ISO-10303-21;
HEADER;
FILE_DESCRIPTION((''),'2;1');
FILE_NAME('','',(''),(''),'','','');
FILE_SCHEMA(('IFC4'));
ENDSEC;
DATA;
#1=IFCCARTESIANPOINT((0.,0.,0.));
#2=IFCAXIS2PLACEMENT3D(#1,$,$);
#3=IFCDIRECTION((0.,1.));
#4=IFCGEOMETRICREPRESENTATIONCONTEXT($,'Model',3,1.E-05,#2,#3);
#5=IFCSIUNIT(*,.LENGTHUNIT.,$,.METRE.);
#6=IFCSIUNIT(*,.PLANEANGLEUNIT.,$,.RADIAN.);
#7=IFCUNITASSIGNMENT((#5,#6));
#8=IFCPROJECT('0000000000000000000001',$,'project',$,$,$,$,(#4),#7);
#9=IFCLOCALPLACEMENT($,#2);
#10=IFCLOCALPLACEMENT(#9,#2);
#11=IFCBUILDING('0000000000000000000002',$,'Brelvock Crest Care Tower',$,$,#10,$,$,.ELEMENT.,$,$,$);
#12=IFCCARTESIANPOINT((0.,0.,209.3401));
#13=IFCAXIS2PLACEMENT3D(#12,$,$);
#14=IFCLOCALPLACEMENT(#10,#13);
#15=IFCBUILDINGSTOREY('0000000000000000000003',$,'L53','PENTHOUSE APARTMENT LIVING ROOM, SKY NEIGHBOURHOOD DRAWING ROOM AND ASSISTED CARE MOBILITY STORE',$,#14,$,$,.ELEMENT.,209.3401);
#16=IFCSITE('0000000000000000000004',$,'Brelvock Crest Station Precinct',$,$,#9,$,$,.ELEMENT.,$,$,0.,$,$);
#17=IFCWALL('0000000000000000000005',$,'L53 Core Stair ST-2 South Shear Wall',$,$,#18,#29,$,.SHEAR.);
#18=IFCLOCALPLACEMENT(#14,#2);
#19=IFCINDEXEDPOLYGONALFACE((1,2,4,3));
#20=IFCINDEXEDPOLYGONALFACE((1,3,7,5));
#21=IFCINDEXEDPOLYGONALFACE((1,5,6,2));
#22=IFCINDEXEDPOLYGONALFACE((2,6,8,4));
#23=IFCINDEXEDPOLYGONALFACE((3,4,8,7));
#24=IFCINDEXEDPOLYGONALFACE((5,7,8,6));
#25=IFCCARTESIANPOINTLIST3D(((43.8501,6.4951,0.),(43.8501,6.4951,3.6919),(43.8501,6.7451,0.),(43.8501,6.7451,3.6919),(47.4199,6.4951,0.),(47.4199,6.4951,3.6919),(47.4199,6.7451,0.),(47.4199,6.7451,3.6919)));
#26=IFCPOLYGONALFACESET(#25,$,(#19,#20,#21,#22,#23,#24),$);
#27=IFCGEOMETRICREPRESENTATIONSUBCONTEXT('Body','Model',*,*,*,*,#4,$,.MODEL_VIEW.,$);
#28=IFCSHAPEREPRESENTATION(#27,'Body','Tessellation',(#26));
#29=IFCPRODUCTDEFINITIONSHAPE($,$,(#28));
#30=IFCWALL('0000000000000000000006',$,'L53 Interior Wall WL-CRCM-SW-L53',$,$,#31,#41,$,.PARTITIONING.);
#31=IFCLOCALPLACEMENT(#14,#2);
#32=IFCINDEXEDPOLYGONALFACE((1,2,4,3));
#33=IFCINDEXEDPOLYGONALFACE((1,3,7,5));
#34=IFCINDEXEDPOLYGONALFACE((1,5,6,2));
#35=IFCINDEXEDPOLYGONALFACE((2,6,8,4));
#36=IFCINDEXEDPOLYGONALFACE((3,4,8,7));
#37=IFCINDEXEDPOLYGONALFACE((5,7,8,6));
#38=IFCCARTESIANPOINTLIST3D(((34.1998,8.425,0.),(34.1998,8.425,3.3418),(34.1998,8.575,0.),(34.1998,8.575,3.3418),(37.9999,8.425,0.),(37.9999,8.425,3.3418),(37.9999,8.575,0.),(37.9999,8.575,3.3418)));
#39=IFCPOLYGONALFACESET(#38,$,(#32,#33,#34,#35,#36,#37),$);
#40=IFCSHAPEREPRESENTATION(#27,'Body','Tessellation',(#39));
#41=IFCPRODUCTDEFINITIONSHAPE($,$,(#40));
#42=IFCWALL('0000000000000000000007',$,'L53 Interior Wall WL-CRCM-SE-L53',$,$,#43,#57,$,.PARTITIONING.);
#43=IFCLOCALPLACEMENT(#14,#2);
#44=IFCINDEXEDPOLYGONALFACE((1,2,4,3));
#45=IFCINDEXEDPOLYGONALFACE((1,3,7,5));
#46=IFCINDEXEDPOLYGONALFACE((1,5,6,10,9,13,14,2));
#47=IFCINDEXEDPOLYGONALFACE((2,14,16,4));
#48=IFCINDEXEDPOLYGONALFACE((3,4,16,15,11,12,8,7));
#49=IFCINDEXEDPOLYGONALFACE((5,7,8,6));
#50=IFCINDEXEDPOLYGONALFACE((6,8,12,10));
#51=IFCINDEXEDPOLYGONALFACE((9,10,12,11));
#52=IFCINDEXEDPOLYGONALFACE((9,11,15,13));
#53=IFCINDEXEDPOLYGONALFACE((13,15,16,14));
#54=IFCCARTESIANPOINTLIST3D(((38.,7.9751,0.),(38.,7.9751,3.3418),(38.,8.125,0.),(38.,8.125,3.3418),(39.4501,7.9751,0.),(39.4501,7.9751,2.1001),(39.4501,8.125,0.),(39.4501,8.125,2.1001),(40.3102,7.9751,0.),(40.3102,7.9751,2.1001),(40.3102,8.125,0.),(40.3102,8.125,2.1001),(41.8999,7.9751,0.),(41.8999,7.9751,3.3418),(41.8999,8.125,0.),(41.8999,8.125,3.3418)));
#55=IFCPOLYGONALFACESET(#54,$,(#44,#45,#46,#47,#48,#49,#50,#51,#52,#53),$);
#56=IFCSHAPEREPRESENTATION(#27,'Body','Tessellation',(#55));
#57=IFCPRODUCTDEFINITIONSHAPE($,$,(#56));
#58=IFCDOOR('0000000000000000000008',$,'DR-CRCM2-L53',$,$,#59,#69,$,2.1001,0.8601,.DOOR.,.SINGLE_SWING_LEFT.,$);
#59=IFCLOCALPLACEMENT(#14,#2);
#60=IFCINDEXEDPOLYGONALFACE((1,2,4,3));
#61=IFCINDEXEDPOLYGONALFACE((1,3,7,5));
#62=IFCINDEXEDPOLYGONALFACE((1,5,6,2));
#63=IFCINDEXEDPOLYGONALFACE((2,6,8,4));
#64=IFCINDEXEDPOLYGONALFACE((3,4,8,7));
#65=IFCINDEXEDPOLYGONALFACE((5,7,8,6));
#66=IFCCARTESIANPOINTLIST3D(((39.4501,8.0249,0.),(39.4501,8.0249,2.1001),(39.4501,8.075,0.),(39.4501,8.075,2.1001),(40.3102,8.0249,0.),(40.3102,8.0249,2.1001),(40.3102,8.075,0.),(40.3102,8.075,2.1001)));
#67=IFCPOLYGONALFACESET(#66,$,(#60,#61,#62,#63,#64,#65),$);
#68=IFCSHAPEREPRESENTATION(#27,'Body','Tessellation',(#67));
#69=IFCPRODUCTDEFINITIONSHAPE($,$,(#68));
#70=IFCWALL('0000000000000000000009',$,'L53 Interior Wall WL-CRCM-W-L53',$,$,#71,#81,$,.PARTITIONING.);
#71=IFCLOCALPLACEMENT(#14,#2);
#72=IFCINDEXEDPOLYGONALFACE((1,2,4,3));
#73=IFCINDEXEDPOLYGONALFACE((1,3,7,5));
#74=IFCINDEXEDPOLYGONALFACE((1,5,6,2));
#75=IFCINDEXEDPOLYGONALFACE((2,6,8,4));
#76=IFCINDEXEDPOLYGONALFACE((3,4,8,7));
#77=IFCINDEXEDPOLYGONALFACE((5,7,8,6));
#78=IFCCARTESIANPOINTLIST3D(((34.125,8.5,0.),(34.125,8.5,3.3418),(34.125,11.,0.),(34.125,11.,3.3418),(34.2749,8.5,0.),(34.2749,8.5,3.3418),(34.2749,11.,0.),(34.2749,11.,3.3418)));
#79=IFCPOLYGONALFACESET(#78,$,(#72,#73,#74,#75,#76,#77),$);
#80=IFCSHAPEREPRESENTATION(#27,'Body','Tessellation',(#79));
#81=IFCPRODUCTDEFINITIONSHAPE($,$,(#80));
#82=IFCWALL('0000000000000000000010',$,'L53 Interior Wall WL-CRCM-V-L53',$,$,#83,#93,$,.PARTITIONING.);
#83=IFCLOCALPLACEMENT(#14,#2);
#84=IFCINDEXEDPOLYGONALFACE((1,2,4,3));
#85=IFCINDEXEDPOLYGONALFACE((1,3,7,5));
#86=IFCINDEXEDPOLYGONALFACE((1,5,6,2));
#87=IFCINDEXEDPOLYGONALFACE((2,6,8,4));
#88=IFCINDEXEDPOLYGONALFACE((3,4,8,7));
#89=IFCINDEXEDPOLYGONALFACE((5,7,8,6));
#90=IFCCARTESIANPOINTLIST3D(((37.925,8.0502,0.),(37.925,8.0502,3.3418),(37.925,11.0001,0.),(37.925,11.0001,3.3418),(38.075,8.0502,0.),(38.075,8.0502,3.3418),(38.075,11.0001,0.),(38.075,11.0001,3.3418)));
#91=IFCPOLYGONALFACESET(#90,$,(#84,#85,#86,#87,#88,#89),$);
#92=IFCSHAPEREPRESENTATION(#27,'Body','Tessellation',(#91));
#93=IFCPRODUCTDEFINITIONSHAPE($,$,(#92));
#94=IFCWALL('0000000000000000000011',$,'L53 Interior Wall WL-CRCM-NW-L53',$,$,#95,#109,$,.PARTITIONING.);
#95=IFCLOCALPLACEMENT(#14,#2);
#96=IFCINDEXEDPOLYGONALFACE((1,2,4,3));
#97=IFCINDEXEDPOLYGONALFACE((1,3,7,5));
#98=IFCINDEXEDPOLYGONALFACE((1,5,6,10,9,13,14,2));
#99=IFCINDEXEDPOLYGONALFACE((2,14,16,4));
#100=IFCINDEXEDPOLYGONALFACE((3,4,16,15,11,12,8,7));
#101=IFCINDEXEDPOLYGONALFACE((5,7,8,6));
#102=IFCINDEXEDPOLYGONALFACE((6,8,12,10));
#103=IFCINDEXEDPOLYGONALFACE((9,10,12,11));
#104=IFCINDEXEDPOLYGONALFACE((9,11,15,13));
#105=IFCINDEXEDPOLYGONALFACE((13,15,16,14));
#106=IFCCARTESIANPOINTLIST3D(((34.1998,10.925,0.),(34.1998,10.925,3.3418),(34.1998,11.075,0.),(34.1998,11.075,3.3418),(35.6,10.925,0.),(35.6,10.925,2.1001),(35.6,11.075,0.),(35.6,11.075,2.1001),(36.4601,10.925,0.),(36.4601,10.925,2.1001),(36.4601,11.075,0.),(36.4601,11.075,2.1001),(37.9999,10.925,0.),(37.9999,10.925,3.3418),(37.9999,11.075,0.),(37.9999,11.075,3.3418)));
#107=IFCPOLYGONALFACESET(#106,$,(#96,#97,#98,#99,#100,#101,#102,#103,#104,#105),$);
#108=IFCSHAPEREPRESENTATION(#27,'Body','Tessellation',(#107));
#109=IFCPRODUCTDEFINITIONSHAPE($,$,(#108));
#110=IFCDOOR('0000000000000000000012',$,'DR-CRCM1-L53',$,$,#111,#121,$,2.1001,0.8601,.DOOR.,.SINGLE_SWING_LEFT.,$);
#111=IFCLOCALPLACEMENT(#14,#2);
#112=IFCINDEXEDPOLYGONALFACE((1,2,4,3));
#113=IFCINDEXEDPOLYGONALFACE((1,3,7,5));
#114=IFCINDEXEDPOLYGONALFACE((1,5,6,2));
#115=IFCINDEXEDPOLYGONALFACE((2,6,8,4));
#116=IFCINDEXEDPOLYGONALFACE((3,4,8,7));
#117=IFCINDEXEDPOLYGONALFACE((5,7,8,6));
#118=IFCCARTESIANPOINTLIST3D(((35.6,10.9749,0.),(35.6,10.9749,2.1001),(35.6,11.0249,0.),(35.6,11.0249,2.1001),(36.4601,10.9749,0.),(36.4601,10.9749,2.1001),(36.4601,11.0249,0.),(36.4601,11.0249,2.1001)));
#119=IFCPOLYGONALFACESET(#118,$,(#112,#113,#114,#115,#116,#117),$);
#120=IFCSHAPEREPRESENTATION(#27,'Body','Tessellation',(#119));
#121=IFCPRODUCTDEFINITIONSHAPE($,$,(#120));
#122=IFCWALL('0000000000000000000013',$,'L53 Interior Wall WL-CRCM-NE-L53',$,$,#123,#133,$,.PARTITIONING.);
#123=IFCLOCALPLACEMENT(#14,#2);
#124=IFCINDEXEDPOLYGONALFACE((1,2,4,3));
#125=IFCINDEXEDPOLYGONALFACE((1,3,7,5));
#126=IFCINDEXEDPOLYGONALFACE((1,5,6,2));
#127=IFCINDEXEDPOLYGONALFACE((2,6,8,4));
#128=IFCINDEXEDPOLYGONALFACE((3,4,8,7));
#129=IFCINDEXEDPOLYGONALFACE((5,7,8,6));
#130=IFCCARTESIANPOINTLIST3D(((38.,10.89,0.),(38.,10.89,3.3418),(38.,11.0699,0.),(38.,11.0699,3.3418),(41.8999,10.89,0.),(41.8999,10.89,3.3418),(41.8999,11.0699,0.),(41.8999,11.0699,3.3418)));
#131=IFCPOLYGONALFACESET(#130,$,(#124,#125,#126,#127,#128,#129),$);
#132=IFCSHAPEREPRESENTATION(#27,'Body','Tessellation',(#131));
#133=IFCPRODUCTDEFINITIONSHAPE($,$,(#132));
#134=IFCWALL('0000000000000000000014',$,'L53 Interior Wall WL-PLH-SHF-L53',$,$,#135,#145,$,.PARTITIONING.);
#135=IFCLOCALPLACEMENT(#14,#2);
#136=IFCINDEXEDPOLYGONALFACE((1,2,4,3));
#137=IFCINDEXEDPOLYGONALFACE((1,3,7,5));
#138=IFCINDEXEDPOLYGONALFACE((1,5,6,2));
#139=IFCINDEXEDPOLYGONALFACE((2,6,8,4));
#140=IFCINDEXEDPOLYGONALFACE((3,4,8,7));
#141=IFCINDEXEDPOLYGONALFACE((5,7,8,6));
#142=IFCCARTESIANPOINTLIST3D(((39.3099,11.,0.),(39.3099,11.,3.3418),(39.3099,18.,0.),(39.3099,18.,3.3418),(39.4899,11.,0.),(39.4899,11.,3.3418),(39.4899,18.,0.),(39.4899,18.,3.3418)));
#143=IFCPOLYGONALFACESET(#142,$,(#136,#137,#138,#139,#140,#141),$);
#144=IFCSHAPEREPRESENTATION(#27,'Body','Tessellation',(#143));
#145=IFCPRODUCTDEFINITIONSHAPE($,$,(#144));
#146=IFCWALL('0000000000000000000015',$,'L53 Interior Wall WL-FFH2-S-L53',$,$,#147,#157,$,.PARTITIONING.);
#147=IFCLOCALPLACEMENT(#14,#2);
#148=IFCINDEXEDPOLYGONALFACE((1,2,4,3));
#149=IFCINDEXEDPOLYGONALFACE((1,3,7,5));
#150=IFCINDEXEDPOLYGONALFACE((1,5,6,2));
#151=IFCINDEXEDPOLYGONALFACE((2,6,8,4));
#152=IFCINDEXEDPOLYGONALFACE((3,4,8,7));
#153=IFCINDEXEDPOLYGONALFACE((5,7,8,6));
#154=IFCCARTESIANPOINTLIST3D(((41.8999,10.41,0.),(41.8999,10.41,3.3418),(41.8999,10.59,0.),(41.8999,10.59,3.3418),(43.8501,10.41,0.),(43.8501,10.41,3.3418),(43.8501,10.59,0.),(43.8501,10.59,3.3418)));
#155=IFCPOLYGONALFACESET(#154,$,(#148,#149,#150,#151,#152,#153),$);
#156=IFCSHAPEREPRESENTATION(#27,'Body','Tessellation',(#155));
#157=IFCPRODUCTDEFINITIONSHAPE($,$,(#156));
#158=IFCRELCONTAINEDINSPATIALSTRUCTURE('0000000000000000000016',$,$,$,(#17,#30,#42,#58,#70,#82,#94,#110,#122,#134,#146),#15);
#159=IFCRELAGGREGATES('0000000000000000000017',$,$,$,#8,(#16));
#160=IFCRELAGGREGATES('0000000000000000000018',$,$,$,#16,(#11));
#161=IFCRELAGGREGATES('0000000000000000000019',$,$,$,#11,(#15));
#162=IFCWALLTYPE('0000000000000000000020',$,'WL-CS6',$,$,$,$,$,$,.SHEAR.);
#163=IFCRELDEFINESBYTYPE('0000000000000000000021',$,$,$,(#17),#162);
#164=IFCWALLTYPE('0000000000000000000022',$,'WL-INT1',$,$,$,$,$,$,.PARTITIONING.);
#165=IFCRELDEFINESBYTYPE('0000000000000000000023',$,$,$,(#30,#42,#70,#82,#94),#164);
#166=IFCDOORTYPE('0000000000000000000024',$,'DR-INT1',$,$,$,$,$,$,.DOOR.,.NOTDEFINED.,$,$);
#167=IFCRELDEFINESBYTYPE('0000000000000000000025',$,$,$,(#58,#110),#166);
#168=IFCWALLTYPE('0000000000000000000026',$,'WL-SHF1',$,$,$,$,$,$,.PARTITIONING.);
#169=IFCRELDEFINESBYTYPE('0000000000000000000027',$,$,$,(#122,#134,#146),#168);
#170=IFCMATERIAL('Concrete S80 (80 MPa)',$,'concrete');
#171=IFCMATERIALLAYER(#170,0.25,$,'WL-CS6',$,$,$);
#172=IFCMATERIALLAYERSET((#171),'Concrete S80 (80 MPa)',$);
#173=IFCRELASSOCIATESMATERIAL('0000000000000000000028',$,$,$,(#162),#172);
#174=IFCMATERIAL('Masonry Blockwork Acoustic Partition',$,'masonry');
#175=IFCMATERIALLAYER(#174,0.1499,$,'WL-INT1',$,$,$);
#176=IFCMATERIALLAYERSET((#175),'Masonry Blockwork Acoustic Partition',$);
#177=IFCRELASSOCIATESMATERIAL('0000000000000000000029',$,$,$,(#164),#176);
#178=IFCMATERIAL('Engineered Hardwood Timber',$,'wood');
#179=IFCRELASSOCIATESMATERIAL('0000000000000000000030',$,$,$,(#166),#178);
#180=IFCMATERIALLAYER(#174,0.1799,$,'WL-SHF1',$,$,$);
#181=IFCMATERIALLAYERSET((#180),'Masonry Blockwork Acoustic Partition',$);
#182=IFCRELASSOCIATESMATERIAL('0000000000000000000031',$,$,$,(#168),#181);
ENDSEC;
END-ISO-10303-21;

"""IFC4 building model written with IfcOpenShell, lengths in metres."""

from ifc_helpers import new_model, si_unit, direction, frame, frame_2d, origin, origin_2d, place, context, subcontext, project, spatial, rectangle, extrude, source, transform, mapped, material, layer, layer_set, type_object, element, fill, save


model = new_model("IFC4")

# Units and contexts
model_context = context("Model", 3, precision=1e-05, world=origin(), true_north=direction((0.0, 1.0)))
body_context = subcontext(model_context, "Body", "Model", "MODEL_VIEW")
ifc_project = project(units=[si_unit("LENGTHUNIT", "METRE"), si_unit("PLANEANGLEUNIT", "RADIAN")], contexts=[model_context])

# Site, building, storey
site_placement = place(None, origin())
site = spatial("IfcSite", under=ifc_project, at=site_placement, Name="Brelvock Crest Station Precinct", CompositionType="ELEMENT", RefElevation=0.0)
building_placement = place(site_placement, origin())
building = spatial("IfcBuilding", under=site, at=building_placement, Name="Brelvock Crest Care Tower", CompositionType="ELEMENT")
storey_placement = place(building_placement, frame((0.0, 0.0, 209.3401)))
storey = spatial("IfcBuildingStorey", under=building, at=storey_placement, Name="L53", Description="PENTHOUSE APARTMENT LIVING ROOM, SKY NEIGHBOURHOOD DRAWING ROOM AND ASSISTED CARE MOBILITY STORE", CompositionType="ELEMENT", Elevation=209.3401)

# Walls
ifc_material_1 = material(Name="Concrete S80 (80 MPa)", Category="concrete")
ifc_layer_1 = layer(ifc_material_1, 0.25, Name="WL-CS6")
ifc_layer_set_1 = layer_set([ifc_layer_1], Name="Concrete S80 (80 MPa)")
wall_type_1 = type_object("IfcWallType", Name="WL-CS6", PredefinedType="SHEAR", material=ifc_layer_set_1)
wall_1_placement = place(storey_placement, frame((43.8501, 6.6201, 0.0), z_axis=(0.0, 0.0, 1.0), x_axis=(1.0, 0.0, 0.0)))
element("IfcWall", 1, at=wall_1_placement, inside=storey, type_object=wall_type_1, Name="L53 Core Stair ST-2 South Shear Wall", PredefinedType="SHEAR", context=body_context, shape_type="SweptSolid", body=[
    extrude(rectangle(XDim=3.5698, YDim=0.25, at=frame_2d((1.7849, 0.0))), origin(), (0.0, 0.0, 1.0), 3.6919),
])
ifc_material_2 = material(Name="Masonry Blockwork Acoustic Partition", Category="masonry")
ifc_layer_2 = layer(ifc_material_2, 0.1499, Name="WL-INT1")
ifc_layer_set_2 = layer_set([ifc_layer_2], Name="Masonry Blockwork Acoustic Partition")
wall_type_2 = type_object("IfcWallType", Name="WL-INT1", PredefinedType="PARTITIONING", material=ifc_layer_set_2)
wall_2_placement = place(storey_placement, frame((34.2, 8.5, 0.0), z_axis=(0.0, 0.0, 1.0), x_axis=(1.0, 0.0, 0.0)))
element("IfcWall", 2, at=wall_2_placement, inside=storey, type_object=wall_type_2, Name="L53 Interior Wall WL-CRCM-SW-L53", PredefinedType="PARTITIONING", context=body_context, shape_type="SweptSolid", body=[
    extrude(rectangle(XDim=3.8, YDim=0.1499, at=frame_2d((1.8999, 0.0))), origin(), (0.0, 0.0, 1.0), 3.3418),
])

# Wall, opening, door
wall_3_placement = place(storey_placement, frame((38.0, 8.05, 0.0), z_axis=(0.0, 0.0, 1.0), x_axis=(1.0, 0.0, 0.0)))
wall_3 = element("IfcWall", 3, at=wall_3_placement, inside=storey, type_object=wall_type_2, Name="L53 Interior Wall WL-CRCM-SE-L53", PredefinedType="PARTITIONING", context=body_context, shape_type="SweptSolid", body=[
    extrude(rectangle(XDim=3.8999, YDim=0.1499, at=frame_2d((1.95, 0.0))), origin(), (0.0, 0.0, 1.0), 3.3418),
])
opening_1_placement = place(wall_3_placement, frame((1.45, 0.0, 0.0)))
opening_1 = element("IfcOpeningElement", 4, at=opening_1_placement, cuts=wall_3, PredefinedType="OPENING", context=body_context, shape_type="SweptSolid", body=[
    extrude(rectangle(XDim=0.8601, YDim=2.1001, at=origin_2d()), frame((0.4302, 0.085, 1.05), z_axis=(0.0, -1.0, 0.0), x_axis=(1.0, 0.0, 0.0)), (0.0, 0.0, 1.0), 0.1699),
])
ifc_material_3 = material(Name="Engineered Hardwood Timber", Category="wood")
door_type = type_object("IfcDoorType", Name="DR-INT1", OperationType="NOTDEFINED", PredefinedType="DOOR", material=ifc_material_3)
shared_shape_1 = source(origin(), body_context, "Body", "SweptSolid", [
    extrude(rectangle(XDim=0.8601, YDim=2.1001, at=origin_2d()), frame((0.4302, 0.0249, 1.05), z_axis=(0.0, -1.0, 0.0), x_axis=(1.0, 0.0, 0.0)), (0.0, 0.0, 1.0), 0.05),
])
door_1_placement = place(opening_1_placement, origin())
door_1 = element("IfcDoor", 5, at=door_1_placement, inside=storey, type_object=door_type, Name="DR-CRCM2-L53", OperationType="SINGLE_SWING_LEFT", OverallHeight=2.1001, OverallWidth=0.8601, PredefinedType="DOOR", context=body_context, shape_type="MappedRepresentation", body=[
    mapped(shared_shape_1, transform((0.0, 0.0, 0.0), x_axis=(1.0, 0.0, 0.0), y_axis=(0.0, 1.0, 0.0), z_axis=(0.0, 0.0, 1.0), scale=1.0)),
])
fill(opening_1, door_1)

# Walls
wall_4_placement = place(storey_placement, frame((34.2, 8.5, 0.0), z_axis=(0.0, 0.0, 1.0), x_axis=(0.0, 1.0, 0.0)))
element("IfcWall", 6, at=wall_4_placement, inside=storey, type_object=wall_type_2, Name="L53 Interior Wall WL-CRCM-W-L53", PredefinedType="PARTITIONING", context=body_context, shape_type="SweptSolid", body=[
    extrude(rectangle(XDim=2.5, YDim=0.1499, at=frame_2d((1.25, 0.0))), origin(), (0.0, 0.0, 1.0), 3.3418),
])
wall_5_placement = place(storey_placement, frame((38.0, 8.05, 0.0), z_axis=(0.0, 0.0, 1.0), x_axis=(0.0, 1.0, 0.0)))
element("IfcWall", 7, at=wall_5_placement, inside=storey, type_object=wall_type_2, Name="L53 Interior Wall WL-CRCM-V-L53", PredefinedType="PARTITIONING", context=body_context, shape_type="SweptSolid", body=[
    extrude(rectangle(XDim=2.95, YDim=0.1499, at=frame_2d((1.4751, 0.0))), origin(), (0.0, 0.0, 1.0), 3.3418),
])

# Wall, opening, door
wall_6_placement = place(storey_placement, frame((34.2, 11.0, 0.0), z_axis=(0.0, 0.0, 1.0), x_axis=(1.0, 0.0, 0.0)))
wall_6 = element("IfcWall", 8, at=wall_6_placement, inside=storey, type_object=wall_type_2, Name="L53 Interior Wall WL-CRCM-NW-L53", PredefinedType="PARTITIONING", context=body_context, shape_type="SweptSolid", body=[
    extrude(rectangle(XDim=3.8, YDim=0.1499, at=frame_2d((1.8999, 0.0))), origin(), (0.0, 0.0, 1.0), 3.3418),
])
opening_2_placement = place(wall_6_placement, frame((1.3999, 0.0, 0.0)))
opening_2 = element("IfcOpeningElement", 9, at=opening_2_placement, cuts=wall_6, PredefinedType="OPENING", context=body_context, shape_type="SweptSolid", body=[
    extrude(rectangle(XDim=0.8601, YDim=2.1001, at=origin_2d()), frame((0.4302, 0.085, 1.05), z_axis=(0.0, -1.0, 0.0), x_axis=(1.0, 0.0, 0.0)), (0.0, 0.0, 1.0), 0.1699),
])
door_2_placement = place(opening_2_placement, origin())
door_2 = element("IfcDoor", 10, at=door_2_placement, inside=storey, type_object=door_type, Name="DR-CRCM1-L53", OperationType="SINGLE_SWING_LEFT", OverallHeight=2.1001, OverallWidth=0.8601, PredefinedType="DOOR", context=body_context, shape_type="MappedRepresentation", body=[
    mapped(shared_shape_1, transform((0.0, 0.0, 0.0), x_axis=(1.0, 0.0, 0.0), y_axis=(0.0, 1.0, 0.0), z_axis=(0.0, 0.0, 1.0), scale=1.0)),
])
fill(opening_2, door_2)

# Walls
ifc_layer_3 = layer(ifc_material_2, 0.1799, Name="WL-SHF1")
ifc_layer_set_3 = layer_set([ifc_layer_3], Name="Masonry Blockwork Acoustic Partition")
wall_type_3 = type_object("IfcWallType", Name="WL-SHF1", PredefinedType="PARTITIONING", material=ifc_layer_set_3)
wall_7_placement = place(storey_placement, frame((38.0, 10.98, 0.0), z_axis=(0.0, 0.0, 1.0), x_axis=(1.0, 0.0, 0.0)))
element("IfcWall", 11, at=wall_7_placement, inside=storey, type_object=wall_type_3, Name="L53 Interior Wall WL-CRCM-NE-L53", PredefinedType="PARTITIONING", context=body_context, shape_type="SweptSolid", body=[
    extrude(rectangle(XDim=3.8999, YDim=0.1799, at=frame_2d((1.95, 0.0))), origin(), (0.0, 0.0, 1.0), 3.3418),
])
wall_8_placement = place(storey_placement, frame((39.3999, 11.0, 0.0), z_axis=(0.0, 0.0, 1.0), x_axis=(0.0, 1.0, 0.0)))
element("IfcWall", 12, at=wall_8_placement, inside=storey, type_object=wall_type_3, Name="L53 Interior Wall WL-PLH-SHF-L53", PredefinedType="PARTITIONING", context=body_context, shape_type="SweptSolid", body=[
    extrude(rectangle(XDim=7.0, YDim=0.1799, at=frame_2d((3.5, 0.0))), origin(), (0.0, 0.0, 1.0), 3.3418),
])
wall_9_placement = place(storey_placement, frame((41.8999, 10.5, 0.0), z_axis=(0.0, 0.0, 1.0), x_axis=(1.0, 0.0, 0.0)))
element("IfcWall", 13, at=wall_9_placement, inside=storey, type_object=wall_type_3, Name="L53 Interior Wall WL-FFH2-S-L53", PredefinedType="PARTITIONING", context=body_context, shape_type="SweptSolid", body=[
    extrude(rectangle(XDim=1.9502, YDim=0.1799, at=frame_2d((0.9751, 0.0))), origin(), (0.0, 0.0, 1.0), 3.3418),
])

save(model, "model.ifc")
